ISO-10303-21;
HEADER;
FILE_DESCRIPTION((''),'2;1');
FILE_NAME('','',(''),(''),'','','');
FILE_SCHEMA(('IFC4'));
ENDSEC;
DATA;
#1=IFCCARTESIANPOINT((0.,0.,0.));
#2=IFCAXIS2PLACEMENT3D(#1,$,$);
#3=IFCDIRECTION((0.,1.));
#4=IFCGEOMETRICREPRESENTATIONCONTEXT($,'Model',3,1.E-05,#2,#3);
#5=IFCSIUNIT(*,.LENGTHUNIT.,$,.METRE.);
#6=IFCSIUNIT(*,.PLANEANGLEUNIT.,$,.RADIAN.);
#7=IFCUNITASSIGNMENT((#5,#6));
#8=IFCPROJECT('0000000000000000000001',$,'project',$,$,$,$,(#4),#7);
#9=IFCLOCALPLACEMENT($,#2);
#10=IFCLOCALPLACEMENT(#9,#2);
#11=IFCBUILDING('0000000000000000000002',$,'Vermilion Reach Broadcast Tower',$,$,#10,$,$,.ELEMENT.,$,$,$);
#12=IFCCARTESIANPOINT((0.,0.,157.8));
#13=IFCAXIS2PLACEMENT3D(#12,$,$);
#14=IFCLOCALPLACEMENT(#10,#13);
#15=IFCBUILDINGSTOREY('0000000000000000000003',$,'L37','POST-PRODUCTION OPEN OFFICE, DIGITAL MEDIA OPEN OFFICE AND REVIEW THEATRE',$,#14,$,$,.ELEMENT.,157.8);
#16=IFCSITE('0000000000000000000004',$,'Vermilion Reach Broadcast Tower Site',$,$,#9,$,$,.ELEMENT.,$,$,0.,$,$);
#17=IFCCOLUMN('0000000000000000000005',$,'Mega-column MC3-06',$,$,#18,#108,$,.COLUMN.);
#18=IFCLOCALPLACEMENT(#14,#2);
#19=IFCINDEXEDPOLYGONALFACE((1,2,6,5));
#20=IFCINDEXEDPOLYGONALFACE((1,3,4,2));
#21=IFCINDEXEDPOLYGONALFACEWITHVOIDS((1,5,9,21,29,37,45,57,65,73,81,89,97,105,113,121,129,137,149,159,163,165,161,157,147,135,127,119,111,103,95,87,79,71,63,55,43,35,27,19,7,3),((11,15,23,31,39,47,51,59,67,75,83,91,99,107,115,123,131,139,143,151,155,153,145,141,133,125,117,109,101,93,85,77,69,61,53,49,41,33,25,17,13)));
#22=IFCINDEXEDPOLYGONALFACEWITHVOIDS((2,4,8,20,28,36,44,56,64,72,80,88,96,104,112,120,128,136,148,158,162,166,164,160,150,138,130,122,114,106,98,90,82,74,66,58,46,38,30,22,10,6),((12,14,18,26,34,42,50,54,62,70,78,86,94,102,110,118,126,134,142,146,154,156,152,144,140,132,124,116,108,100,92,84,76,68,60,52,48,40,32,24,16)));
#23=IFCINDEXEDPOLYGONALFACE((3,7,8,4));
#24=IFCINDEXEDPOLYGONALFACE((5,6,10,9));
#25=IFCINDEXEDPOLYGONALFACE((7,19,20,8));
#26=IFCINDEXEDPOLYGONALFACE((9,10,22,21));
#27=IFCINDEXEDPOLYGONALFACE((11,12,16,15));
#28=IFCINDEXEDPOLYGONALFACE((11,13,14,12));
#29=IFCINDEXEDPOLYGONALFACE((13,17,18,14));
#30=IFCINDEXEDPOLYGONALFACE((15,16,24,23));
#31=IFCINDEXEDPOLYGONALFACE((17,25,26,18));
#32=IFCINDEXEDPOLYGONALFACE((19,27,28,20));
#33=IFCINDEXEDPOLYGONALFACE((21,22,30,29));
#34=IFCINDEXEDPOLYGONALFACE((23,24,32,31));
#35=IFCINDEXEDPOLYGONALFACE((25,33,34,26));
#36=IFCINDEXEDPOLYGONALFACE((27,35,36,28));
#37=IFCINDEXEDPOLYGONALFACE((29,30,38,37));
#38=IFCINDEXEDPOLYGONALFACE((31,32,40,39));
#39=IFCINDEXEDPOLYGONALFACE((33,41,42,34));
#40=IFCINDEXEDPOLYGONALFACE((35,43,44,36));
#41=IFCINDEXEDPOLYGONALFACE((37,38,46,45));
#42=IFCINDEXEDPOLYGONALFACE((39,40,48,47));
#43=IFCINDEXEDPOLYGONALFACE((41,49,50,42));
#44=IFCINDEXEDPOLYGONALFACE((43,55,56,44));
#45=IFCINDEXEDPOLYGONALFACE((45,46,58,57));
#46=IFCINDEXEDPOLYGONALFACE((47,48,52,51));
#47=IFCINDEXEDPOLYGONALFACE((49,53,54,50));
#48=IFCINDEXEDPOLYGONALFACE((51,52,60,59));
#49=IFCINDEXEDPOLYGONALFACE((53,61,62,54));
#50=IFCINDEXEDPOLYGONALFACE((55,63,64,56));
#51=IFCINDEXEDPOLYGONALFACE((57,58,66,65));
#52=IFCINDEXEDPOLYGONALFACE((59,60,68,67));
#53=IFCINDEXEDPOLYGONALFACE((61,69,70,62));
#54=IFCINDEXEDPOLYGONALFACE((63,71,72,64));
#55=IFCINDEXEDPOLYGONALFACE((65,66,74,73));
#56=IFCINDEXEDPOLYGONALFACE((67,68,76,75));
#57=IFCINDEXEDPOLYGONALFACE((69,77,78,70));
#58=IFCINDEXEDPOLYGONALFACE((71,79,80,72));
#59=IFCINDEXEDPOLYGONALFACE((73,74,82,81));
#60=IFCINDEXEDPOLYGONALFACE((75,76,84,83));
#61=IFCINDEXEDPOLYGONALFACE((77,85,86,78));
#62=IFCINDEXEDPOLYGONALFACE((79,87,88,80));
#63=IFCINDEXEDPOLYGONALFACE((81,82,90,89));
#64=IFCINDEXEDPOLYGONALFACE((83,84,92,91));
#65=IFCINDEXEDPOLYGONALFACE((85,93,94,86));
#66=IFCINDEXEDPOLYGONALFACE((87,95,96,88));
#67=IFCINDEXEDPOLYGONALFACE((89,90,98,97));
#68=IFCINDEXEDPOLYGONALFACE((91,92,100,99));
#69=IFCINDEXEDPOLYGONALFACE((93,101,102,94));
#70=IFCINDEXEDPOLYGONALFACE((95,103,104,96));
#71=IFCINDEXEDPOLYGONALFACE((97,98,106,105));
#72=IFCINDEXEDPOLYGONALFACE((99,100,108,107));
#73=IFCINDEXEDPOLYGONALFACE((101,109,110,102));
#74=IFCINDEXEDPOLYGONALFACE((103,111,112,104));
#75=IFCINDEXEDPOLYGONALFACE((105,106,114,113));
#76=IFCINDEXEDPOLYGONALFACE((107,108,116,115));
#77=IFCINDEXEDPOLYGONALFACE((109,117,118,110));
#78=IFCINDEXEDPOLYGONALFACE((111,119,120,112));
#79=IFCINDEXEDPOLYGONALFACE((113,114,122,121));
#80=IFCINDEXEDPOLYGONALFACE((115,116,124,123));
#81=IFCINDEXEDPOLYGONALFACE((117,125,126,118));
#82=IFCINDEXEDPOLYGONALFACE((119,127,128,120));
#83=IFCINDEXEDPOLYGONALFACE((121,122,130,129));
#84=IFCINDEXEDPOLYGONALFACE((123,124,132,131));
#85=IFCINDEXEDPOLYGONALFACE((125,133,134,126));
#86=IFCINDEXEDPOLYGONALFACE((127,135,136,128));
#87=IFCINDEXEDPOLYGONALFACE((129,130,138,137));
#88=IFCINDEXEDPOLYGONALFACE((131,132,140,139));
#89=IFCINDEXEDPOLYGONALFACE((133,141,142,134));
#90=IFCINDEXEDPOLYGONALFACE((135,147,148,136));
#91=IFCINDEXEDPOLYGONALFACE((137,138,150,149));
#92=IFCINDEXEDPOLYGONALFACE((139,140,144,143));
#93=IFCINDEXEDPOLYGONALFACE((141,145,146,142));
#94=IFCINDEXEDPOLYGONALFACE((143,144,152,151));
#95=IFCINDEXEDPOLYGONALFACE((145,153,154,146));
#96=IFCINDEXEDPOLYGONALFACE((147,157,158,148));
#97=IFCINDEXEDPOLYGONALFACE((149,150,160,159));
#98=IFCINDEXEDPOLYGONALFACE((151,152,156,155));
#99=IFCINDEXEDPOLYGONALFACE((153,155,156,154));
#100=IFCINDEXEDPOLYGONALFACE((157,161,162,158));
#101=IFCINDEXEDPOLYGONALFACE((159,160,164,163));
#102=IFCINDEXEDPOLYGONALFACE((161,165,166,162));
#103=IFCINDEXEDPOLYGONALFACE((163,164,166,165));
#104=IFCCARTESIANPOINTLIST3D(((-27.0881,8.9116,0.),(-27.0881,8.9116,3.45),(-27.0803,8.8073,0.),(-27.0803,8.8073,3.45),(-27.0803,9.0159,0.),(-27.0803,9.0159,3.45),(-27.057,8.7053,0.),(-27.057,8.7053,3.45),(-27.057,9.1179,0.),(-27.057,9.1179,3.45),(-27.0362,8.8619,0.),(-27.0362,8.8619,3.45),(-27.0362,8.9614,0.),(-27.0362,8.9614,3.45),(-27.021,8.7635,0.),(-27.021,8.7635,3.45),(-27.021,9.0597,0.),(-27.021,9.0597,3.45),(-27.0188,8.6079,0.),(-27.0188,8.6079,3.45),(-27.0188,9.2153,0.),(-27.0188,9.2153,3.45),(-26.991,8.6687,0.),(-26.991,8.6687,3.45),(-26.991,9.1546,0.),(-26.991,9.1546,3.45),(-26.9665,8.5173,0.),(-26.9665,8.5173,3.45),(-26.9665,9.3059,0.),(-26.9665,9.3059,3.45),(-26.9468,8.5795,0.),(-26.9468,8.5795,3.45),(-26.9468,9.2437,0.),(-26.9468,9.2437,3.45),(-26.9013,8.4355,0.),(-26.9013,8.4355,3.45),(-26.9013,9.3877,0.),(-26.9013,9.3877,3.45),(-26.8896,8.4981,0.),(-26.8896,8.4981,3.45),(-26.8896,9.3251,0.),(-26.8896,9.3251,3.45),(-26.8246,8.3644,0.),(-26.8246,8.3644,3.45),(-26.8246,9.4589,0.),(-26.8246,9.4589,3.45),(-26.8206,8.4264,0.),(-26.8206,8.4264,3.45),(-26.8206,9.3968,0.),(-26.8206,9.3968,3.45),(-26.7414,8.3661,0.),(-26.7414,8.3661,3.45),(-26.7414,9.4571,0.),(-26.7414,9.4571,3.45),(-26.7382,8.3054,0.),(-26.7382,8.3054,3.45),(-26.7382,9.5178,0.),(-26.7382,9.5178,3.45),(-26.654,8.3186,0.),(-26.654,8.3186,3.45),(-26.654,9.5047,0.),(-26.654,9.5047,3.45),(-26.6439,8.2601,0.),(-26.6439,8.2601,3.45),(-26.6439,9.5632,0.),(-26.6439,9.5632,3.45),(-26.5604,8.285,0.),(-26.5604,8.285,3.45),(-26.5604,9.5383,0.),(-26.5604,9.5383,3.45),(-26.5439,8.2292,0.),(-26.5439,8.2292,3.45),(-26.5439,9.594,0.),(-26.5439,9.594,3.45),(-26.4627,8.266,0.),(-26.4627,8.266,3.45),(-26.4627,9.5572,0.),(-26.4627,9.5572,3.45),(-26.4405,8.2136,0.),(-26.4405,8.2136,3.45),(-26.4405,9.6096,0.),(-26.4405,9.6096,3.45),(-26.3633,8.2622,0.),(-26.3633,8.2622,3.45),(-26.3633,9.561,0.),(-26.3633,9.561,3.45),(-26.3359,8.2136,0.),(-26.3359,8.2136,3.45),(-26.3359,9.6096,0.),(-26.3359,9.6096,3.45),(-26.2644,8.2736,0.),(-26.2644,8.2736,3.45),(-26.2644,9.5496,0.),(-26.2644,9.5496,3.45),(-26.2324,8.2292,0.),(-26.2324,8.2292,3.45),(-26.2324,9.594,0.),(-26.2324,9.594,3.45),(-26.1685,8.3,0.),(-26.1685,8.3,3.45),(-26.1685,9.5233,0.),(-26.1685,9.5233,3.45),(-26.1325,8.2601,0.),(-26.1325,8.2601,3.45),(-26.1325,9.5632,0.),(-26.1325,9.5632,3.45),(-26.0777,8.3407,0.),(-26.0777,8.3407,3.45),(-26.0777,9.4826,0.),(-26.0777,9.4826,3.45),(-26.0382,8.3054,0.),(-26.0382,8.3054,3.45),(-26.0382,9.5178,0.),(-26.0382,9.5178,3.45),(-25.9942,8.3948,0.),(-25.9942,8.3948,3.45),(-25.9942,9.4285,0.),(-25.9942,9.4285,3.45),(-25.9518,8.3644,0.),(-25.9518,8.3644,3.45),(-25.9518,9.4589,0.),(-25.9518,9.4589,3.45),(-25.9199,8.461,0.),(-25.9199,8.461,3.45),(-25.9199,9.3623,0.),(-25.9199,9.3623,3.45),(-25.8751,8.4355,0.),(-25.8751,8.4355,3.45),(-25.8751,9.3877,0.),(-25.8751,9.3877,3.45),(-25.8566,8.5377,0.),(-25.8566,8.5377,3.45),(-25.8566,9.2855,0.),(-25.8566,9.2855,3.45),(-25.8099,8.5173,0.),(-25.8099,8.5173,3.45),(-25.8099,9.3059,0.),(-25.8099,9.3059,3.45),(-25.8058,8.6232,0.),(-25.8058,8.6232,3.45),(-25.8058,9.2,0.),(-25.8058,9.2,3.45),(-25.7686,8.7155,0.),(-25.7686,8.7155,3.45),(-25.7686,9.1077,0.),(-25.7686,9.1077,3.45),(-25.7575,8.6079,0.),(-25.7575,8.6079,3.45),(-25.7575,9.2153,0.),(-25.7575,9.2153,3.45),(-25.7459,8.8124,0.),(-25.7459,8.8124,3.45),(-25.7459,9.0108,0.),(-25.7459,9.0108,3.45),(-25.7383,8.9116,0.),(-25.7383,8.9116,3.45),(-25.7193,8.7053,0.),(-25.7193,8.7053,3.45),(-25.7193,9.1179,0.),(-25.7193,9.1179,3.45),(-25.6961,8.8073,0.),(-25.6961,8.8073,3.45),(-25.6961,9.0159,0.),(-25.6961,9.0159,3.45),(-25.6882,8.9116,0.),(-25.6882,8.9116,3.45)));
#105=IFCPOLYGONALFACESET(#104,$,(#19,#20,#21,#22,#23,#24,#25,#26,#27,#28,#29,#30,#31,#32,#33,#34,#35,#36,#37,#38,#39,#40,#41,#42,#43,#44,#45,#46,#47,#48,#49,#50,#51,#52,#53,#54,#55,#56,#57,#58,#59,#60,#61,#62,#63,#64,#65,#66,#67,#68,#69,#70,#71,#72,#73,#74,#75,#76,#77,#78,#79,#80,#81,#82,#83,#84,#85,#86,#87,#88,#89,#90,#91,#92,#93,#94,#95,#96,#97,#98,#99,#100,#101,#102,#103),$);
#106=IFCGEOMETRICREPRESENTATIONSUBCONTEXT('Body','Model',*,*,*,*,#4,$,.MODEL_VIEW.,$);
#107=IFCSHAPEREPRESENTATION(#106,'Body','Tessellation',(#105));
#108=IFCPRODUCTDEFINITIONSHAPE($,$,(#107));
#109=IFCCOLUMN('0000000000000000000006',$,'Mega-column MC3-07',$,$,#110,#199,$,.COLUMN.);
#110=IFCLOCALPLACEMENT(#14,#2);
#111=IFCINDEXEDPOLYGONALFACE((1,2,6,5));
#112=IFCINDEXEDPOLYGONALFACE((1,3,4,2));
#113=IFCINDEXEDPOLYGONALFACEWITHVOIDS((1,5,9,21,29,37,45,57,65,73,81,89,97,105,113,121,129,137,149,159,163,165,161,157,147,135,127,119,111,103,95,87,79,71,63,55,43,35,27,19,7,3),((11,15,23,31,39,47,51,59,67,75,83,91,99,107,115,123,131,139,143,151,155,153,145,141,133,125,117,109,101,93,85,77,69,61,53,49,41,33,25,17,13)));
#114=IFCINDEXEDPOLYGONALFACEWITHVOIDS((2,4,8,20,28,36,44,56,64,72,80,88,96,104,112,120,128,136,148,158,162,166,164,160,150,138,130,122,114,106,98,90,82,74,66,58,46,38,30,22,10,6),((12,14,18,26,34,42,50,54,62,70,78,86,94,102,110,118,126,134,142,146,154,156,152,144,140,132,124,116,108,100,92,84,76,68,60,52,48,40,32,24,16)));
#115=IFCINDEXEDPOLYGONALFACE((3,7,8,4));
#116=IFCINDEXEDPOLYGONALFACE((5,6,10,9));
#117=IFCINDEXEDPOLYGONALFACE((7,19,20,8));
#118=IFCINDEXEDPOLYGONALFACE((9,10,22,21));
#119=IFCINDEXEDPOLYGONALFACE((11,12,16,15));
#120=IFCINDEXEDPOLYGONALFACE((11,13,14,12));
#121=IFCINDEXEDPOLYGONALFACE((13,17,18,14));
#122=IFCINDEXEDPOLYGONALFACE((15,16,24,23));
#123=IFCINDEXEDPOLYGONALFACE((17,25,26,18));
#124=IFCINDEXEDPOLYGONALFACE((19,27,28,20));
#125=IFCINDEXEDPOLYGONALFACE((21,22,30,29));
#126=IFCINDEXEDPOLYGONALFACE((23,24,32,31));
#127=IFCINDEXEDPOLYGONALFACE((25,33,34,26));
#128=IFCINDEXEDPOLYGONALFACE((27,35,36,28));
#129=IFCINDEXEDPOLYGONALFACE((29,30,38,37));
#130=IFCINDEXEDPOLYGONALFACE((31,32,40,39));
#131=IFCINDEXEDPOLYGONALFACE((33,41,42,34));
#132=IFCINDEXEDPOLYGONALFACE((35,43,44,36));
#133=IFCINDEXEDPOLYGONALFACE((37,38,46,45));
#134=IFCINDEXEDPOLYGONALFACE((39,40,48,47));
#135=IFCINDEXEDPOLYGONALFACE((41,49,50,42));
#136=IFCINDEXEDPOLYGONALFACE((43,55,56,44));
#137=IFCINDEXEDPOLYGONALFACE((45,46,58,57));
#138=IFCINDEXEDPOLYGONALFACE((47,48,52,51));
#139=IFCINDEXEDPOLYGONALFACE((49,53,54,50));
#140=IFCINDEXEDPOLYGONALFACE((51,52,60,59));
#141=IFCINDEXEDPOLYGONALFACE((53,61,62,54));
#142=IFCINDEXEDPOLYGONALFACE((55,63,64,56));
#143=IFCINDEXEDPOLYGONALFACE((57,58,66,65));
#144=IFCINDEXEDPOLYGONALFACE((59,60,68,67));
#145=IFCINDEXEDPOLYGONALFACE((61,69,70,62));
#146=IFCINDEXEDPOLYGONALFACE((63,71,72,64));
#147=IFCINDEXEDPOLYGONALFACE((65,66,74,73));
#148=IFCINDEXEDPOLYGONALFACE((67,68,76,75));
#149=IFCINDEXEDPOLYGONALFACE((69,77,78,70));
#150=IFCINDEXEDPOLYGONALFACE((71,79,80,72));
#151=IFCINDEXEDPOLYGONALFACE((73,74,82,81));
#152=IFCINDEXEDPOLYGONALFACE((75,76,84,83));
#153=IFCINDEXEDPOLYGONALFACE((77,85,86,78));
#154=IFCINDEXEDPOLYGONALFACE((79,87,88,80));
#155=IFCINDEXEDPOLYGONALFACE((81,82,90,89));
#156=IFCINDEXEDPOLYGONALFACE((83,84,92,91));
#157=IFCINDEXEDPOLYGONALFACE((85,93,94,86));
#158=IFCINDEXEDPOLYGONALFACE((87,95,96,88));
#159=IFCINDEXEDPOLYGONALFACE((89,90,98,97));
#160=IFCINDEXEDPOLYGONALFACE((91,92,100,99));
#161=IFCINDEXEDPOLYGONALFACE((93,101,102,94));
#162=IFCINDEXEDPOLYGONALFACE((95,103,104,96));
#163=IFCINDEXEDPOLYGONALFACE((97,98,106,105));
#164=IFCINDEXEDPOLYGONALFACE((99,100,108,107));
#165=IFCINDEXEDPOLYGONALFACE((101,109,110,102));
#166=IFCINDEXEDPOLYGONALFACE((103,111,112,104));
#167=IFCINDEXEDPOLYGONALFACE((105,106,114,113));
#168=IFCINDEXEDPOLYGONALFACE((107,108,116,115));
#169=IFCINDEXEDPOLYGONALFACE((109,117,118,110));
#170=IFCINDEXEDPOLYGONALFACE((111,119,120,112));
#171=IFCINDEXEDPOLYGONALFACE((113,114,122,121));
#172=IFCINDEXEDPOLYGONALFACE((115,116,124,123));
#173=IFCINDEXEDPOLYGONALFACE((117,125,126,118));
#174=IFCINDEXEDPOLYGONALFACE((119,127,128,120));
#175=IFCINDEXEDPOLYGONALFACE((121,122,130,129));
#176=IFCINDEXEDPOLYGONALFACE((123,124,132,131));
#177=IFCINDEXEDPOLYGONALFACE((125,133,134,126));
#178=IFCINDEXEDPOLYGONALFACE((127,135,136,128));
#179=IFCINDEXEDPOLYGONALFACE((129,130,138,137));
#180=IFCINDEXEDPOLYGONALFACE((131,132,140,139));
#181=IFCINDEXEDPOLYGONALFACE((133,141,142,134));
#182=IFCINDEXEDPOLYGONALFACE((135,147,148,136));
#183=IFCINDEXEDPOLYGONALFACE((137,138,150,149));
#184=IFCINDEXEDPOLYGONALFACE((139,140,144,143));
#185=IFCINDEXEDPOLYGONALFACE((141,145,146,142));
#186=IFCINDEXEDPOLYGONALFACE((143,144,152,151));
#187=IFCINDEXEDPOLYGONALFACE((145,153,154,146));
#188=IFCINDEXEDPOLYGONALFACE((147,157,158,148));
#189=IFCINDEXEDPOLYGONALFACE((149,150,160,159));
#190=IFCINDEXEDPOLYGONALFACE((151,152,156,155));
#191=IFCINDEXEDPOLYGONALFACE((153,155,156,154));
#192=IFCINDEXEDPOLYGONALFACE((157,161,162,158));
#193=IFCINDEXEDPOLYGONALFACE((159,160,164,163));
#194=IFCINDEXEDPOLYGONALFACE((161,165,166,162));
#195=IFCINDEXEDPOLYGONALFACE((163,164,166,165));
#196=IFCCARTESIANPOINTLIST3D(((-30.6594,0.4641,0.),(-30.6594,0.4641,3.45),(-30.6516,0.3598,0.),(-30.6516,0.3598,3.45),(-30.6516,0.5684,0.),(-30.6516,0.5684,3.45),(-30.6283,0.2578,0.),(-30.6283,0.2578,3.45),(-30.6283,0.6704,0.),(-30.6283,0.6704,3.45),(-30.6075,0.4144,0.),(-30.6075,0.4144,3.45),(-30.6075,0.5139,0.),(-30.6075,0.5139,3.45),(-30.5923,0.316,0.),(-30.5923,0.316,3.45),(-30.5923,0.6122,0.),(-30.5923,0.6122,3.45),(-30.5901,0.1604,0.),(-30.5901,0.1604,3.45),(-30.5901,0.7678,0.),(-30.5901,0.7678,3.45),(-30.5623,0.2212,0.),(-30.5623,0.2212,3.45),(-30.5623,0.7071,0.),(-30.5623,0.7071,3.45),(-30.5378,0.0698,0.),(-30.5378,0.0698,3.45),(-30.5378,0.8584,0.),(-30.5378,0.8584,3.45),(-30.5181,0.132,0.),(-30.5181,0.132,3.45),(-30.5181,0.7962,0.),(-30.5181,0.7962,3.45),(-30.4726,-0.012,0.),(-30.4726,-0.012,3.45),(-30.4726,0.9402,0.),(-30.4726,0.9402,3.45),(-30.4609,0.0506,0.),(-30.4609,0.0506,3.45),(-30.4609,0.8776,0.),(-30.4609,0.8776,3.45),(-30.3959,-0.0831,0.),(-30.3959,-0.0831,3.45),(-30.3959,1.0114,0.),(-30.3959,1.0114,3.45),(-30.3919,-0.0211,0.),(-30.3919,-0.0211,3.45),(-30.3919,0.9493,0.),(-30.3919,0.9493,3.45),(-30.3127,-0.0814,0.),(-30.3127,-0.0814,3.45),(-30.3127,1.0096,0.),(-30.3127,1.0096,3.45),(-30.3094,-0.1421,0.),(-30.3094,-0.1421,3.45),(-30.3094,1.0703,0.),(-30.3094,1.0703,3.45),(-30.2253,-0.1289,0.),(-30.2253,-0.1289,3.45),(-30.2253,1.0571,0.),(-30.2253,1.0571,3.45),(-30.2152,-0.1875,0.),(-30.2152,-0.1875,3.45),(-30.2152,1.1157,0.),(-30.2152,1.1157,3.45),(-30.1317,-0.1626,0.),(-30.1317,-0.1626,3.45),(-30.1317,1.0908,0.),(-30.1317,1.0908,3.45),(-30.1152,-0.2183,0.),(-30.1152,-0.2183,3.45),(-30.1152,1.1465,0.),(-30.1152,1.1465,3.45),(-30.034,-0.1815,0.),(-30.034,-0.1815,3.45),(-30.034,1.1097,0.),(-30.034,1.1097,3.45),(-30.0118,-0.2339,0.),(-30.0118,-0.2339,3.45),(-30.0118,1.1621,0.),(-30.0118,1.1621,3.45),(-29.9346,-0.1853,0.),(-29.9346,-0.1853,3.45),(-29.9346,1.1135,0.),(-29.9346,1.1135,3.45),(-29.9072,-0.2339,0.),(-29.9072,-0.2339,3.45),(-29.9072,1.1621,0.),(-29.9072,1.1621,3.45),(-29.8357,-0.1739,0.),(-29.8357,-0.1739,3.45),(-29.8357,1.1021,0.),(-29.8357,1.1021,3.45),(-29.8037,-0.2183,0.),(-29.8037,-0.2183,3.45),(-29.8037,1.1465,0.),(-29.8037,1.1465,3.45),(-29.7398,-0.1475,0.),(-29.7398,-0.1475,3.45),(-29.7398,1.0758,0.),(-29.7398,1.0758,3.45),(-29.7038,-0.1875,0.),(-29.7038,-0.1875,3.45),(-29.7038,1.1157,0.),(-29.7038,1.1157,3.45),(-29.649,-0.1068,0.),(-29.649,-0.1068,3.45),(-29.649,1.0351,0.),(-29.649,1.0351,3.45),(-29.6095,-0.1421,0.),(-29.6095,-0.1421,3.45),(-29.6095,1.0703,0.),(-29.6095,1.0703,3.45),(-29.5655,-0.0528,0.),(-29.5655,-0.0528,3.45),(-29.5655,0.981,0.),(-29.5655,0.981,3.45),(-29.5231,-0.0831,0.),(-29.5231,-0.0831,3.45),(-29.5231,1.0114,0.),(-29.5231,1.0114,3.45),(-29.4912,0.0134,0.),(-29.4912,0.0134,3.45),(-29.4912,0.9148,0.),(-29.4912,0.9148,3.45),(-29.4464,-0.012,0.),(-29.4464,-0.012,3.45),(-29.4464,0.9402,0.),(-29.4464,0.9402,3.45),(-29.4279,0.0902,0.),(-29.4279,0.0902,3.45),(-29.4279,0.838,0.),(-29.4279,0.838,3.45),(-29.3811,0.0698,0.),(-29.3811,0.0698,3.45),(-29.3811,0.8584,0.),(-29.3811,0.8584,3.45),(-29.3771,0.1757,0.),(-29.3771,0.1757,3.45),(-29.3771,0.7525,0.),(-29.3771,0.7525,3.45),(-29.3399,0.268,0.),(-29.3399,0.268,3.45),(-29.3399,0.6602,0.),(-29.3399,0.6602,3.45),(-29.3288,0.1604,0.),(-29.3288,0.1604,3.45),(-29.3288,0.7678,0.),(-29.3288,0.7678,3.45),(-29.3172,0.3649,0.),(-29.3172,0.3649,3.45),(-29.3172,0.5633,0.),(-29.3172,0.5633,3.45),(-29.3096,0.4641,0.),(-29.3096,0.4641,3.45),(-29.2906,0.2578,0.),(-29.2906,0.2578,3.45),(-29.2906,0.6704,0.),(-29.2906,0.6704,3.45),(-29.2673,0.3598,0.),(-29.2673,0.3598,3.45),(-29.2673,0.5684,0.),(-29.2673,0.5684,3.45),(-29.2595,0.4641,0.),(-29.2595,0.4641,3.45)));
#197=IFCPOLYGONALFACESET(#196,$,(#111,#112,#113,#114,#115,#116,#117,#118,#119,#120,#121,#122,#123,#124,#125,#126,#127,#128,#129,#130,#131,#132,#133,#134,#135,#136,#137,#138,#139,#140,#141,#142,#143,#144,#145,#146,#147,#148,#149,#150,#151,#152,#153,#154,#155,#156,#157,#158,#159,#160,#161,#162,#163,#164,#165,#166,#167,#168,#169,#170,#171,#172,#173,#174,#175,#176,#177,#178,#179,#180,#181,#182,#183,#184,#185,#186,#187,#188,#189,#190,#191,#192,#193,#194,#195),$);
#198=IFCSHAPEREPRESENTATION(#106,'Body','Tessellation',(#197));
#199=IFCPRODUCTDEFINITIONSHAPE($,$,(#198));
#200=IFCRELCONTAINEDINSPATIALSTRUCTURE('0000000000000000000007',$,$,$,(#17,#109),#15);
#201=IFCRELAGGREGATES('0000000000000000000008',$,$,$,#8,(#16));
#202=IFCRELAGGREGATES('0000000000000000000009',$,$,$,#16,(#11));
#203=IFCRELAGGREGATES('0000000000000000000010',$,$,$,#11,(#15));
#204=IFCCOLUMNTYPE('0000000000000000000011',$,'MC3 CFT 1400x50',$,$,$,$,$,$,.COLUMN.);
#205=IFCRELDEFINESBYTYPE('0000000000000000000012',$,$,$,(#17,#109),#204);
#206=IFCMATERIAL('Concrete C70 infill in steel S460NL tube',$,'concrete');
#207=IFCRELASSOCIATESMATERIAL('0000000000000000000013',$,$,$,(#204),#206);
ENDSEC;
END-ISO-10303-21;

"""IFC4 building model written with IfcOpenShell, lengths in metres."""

from ifc_helpers import new_model, si_unit, direction, frame, origin, origin_2d, place, context, subcontext, project, spatial, hollow_circle, extrude, material, material_profile, profile_set, type_object, element, save


model = new_model("IFC4")

# Units and contexts
model_context = context("Model", 3, precision=1e-05, world=origin(), true_north=direction((0.0, 1.0)))
body_context = subcontext(model_context, "Body", "Model", "MODEL_VIEW")
ifc_project = project(units=[si_unit("LENGTHUNIT", "METRE"), si_unit("PLANEANGLEUNIT", "RADIAN")], contexts=[model_context])

# Site, building, storey
site_placement = place(None, origin())
site = spatial("IfcSite", under=ifc_project, at=site_placement, Name="Vermilion Reach Broadcast Tower Site", CompositionType="ELEMENT", RefElevation=0.0)
building_placement = place(site_placement, origin())
building = spatial("IfcBuilding", under=site, at=building_placement, Name="Vermilion Reach Broadcast Tower", CompositionType="ELEMENT")
storey_placement = place(building_placement, frame((0.0, 0.0, 157.8)))
storey = spatial("IfcBuildingStorey", under=building, at=storey_placement, Name="L37", Description="POST-PRODUCTION OPEN OFFICE, DIGITAL MEDIA OPEN OFFICE AND REVIEW THEATRE", CompositionType="ELEMENT", Elevation=157.8)

# Columns
ifc_material_1 = material(Name="Concrete C70 infill in steel S460NL tube", Category="concrete")
ifc_material_profile_1 = material_profile(ifc_material_1, hollow_circle(Radius=0.7, WallThickness=0.05, at=origin_2d()), Name="Concrete C70 infill in steel S460NL tube CFT 1400x50")
ifc_profile_set_1 = profile_set([ifc_material_profile_1], Name="Concrete C70 infill in steel S460NL tube")
column_type = type_object("IfcColumnType", Name="MC3 CFT 1400x50", PredefinedType="COLUMN", material=ifc_profile_set_1)
for number, where, z_axis, x_axis, name in (
    (1, (-26.3882, 8.9116, 0.0), (0.0, 0.0, 1.0), (1.0, 0.0, 0.0), "Mega-column MC3-06"),
    (2, (-29.9595, 0.4641, 0.0), (0.0, 0.0, 1.0), (1.0, 0.0, 0.0), "Mega-column MC3-07"),
):
    element("IfcColumn", number, at=place(storey_placement, frame(where, z_axis=z_axis, x_axis=x_axis)), inside=storey, type_object=column_type, Name=name, PredefinedType="COLUMN", context=body_context, shape_type="SweptSolid", body=[
        extrude(hollow_circle(Radius=0.7, WallThickness=0.05, at=origin_2d()), origin(), (0.0, 0.0, 1.0), 3.45),
    ])

save(model, "model.ifc")
